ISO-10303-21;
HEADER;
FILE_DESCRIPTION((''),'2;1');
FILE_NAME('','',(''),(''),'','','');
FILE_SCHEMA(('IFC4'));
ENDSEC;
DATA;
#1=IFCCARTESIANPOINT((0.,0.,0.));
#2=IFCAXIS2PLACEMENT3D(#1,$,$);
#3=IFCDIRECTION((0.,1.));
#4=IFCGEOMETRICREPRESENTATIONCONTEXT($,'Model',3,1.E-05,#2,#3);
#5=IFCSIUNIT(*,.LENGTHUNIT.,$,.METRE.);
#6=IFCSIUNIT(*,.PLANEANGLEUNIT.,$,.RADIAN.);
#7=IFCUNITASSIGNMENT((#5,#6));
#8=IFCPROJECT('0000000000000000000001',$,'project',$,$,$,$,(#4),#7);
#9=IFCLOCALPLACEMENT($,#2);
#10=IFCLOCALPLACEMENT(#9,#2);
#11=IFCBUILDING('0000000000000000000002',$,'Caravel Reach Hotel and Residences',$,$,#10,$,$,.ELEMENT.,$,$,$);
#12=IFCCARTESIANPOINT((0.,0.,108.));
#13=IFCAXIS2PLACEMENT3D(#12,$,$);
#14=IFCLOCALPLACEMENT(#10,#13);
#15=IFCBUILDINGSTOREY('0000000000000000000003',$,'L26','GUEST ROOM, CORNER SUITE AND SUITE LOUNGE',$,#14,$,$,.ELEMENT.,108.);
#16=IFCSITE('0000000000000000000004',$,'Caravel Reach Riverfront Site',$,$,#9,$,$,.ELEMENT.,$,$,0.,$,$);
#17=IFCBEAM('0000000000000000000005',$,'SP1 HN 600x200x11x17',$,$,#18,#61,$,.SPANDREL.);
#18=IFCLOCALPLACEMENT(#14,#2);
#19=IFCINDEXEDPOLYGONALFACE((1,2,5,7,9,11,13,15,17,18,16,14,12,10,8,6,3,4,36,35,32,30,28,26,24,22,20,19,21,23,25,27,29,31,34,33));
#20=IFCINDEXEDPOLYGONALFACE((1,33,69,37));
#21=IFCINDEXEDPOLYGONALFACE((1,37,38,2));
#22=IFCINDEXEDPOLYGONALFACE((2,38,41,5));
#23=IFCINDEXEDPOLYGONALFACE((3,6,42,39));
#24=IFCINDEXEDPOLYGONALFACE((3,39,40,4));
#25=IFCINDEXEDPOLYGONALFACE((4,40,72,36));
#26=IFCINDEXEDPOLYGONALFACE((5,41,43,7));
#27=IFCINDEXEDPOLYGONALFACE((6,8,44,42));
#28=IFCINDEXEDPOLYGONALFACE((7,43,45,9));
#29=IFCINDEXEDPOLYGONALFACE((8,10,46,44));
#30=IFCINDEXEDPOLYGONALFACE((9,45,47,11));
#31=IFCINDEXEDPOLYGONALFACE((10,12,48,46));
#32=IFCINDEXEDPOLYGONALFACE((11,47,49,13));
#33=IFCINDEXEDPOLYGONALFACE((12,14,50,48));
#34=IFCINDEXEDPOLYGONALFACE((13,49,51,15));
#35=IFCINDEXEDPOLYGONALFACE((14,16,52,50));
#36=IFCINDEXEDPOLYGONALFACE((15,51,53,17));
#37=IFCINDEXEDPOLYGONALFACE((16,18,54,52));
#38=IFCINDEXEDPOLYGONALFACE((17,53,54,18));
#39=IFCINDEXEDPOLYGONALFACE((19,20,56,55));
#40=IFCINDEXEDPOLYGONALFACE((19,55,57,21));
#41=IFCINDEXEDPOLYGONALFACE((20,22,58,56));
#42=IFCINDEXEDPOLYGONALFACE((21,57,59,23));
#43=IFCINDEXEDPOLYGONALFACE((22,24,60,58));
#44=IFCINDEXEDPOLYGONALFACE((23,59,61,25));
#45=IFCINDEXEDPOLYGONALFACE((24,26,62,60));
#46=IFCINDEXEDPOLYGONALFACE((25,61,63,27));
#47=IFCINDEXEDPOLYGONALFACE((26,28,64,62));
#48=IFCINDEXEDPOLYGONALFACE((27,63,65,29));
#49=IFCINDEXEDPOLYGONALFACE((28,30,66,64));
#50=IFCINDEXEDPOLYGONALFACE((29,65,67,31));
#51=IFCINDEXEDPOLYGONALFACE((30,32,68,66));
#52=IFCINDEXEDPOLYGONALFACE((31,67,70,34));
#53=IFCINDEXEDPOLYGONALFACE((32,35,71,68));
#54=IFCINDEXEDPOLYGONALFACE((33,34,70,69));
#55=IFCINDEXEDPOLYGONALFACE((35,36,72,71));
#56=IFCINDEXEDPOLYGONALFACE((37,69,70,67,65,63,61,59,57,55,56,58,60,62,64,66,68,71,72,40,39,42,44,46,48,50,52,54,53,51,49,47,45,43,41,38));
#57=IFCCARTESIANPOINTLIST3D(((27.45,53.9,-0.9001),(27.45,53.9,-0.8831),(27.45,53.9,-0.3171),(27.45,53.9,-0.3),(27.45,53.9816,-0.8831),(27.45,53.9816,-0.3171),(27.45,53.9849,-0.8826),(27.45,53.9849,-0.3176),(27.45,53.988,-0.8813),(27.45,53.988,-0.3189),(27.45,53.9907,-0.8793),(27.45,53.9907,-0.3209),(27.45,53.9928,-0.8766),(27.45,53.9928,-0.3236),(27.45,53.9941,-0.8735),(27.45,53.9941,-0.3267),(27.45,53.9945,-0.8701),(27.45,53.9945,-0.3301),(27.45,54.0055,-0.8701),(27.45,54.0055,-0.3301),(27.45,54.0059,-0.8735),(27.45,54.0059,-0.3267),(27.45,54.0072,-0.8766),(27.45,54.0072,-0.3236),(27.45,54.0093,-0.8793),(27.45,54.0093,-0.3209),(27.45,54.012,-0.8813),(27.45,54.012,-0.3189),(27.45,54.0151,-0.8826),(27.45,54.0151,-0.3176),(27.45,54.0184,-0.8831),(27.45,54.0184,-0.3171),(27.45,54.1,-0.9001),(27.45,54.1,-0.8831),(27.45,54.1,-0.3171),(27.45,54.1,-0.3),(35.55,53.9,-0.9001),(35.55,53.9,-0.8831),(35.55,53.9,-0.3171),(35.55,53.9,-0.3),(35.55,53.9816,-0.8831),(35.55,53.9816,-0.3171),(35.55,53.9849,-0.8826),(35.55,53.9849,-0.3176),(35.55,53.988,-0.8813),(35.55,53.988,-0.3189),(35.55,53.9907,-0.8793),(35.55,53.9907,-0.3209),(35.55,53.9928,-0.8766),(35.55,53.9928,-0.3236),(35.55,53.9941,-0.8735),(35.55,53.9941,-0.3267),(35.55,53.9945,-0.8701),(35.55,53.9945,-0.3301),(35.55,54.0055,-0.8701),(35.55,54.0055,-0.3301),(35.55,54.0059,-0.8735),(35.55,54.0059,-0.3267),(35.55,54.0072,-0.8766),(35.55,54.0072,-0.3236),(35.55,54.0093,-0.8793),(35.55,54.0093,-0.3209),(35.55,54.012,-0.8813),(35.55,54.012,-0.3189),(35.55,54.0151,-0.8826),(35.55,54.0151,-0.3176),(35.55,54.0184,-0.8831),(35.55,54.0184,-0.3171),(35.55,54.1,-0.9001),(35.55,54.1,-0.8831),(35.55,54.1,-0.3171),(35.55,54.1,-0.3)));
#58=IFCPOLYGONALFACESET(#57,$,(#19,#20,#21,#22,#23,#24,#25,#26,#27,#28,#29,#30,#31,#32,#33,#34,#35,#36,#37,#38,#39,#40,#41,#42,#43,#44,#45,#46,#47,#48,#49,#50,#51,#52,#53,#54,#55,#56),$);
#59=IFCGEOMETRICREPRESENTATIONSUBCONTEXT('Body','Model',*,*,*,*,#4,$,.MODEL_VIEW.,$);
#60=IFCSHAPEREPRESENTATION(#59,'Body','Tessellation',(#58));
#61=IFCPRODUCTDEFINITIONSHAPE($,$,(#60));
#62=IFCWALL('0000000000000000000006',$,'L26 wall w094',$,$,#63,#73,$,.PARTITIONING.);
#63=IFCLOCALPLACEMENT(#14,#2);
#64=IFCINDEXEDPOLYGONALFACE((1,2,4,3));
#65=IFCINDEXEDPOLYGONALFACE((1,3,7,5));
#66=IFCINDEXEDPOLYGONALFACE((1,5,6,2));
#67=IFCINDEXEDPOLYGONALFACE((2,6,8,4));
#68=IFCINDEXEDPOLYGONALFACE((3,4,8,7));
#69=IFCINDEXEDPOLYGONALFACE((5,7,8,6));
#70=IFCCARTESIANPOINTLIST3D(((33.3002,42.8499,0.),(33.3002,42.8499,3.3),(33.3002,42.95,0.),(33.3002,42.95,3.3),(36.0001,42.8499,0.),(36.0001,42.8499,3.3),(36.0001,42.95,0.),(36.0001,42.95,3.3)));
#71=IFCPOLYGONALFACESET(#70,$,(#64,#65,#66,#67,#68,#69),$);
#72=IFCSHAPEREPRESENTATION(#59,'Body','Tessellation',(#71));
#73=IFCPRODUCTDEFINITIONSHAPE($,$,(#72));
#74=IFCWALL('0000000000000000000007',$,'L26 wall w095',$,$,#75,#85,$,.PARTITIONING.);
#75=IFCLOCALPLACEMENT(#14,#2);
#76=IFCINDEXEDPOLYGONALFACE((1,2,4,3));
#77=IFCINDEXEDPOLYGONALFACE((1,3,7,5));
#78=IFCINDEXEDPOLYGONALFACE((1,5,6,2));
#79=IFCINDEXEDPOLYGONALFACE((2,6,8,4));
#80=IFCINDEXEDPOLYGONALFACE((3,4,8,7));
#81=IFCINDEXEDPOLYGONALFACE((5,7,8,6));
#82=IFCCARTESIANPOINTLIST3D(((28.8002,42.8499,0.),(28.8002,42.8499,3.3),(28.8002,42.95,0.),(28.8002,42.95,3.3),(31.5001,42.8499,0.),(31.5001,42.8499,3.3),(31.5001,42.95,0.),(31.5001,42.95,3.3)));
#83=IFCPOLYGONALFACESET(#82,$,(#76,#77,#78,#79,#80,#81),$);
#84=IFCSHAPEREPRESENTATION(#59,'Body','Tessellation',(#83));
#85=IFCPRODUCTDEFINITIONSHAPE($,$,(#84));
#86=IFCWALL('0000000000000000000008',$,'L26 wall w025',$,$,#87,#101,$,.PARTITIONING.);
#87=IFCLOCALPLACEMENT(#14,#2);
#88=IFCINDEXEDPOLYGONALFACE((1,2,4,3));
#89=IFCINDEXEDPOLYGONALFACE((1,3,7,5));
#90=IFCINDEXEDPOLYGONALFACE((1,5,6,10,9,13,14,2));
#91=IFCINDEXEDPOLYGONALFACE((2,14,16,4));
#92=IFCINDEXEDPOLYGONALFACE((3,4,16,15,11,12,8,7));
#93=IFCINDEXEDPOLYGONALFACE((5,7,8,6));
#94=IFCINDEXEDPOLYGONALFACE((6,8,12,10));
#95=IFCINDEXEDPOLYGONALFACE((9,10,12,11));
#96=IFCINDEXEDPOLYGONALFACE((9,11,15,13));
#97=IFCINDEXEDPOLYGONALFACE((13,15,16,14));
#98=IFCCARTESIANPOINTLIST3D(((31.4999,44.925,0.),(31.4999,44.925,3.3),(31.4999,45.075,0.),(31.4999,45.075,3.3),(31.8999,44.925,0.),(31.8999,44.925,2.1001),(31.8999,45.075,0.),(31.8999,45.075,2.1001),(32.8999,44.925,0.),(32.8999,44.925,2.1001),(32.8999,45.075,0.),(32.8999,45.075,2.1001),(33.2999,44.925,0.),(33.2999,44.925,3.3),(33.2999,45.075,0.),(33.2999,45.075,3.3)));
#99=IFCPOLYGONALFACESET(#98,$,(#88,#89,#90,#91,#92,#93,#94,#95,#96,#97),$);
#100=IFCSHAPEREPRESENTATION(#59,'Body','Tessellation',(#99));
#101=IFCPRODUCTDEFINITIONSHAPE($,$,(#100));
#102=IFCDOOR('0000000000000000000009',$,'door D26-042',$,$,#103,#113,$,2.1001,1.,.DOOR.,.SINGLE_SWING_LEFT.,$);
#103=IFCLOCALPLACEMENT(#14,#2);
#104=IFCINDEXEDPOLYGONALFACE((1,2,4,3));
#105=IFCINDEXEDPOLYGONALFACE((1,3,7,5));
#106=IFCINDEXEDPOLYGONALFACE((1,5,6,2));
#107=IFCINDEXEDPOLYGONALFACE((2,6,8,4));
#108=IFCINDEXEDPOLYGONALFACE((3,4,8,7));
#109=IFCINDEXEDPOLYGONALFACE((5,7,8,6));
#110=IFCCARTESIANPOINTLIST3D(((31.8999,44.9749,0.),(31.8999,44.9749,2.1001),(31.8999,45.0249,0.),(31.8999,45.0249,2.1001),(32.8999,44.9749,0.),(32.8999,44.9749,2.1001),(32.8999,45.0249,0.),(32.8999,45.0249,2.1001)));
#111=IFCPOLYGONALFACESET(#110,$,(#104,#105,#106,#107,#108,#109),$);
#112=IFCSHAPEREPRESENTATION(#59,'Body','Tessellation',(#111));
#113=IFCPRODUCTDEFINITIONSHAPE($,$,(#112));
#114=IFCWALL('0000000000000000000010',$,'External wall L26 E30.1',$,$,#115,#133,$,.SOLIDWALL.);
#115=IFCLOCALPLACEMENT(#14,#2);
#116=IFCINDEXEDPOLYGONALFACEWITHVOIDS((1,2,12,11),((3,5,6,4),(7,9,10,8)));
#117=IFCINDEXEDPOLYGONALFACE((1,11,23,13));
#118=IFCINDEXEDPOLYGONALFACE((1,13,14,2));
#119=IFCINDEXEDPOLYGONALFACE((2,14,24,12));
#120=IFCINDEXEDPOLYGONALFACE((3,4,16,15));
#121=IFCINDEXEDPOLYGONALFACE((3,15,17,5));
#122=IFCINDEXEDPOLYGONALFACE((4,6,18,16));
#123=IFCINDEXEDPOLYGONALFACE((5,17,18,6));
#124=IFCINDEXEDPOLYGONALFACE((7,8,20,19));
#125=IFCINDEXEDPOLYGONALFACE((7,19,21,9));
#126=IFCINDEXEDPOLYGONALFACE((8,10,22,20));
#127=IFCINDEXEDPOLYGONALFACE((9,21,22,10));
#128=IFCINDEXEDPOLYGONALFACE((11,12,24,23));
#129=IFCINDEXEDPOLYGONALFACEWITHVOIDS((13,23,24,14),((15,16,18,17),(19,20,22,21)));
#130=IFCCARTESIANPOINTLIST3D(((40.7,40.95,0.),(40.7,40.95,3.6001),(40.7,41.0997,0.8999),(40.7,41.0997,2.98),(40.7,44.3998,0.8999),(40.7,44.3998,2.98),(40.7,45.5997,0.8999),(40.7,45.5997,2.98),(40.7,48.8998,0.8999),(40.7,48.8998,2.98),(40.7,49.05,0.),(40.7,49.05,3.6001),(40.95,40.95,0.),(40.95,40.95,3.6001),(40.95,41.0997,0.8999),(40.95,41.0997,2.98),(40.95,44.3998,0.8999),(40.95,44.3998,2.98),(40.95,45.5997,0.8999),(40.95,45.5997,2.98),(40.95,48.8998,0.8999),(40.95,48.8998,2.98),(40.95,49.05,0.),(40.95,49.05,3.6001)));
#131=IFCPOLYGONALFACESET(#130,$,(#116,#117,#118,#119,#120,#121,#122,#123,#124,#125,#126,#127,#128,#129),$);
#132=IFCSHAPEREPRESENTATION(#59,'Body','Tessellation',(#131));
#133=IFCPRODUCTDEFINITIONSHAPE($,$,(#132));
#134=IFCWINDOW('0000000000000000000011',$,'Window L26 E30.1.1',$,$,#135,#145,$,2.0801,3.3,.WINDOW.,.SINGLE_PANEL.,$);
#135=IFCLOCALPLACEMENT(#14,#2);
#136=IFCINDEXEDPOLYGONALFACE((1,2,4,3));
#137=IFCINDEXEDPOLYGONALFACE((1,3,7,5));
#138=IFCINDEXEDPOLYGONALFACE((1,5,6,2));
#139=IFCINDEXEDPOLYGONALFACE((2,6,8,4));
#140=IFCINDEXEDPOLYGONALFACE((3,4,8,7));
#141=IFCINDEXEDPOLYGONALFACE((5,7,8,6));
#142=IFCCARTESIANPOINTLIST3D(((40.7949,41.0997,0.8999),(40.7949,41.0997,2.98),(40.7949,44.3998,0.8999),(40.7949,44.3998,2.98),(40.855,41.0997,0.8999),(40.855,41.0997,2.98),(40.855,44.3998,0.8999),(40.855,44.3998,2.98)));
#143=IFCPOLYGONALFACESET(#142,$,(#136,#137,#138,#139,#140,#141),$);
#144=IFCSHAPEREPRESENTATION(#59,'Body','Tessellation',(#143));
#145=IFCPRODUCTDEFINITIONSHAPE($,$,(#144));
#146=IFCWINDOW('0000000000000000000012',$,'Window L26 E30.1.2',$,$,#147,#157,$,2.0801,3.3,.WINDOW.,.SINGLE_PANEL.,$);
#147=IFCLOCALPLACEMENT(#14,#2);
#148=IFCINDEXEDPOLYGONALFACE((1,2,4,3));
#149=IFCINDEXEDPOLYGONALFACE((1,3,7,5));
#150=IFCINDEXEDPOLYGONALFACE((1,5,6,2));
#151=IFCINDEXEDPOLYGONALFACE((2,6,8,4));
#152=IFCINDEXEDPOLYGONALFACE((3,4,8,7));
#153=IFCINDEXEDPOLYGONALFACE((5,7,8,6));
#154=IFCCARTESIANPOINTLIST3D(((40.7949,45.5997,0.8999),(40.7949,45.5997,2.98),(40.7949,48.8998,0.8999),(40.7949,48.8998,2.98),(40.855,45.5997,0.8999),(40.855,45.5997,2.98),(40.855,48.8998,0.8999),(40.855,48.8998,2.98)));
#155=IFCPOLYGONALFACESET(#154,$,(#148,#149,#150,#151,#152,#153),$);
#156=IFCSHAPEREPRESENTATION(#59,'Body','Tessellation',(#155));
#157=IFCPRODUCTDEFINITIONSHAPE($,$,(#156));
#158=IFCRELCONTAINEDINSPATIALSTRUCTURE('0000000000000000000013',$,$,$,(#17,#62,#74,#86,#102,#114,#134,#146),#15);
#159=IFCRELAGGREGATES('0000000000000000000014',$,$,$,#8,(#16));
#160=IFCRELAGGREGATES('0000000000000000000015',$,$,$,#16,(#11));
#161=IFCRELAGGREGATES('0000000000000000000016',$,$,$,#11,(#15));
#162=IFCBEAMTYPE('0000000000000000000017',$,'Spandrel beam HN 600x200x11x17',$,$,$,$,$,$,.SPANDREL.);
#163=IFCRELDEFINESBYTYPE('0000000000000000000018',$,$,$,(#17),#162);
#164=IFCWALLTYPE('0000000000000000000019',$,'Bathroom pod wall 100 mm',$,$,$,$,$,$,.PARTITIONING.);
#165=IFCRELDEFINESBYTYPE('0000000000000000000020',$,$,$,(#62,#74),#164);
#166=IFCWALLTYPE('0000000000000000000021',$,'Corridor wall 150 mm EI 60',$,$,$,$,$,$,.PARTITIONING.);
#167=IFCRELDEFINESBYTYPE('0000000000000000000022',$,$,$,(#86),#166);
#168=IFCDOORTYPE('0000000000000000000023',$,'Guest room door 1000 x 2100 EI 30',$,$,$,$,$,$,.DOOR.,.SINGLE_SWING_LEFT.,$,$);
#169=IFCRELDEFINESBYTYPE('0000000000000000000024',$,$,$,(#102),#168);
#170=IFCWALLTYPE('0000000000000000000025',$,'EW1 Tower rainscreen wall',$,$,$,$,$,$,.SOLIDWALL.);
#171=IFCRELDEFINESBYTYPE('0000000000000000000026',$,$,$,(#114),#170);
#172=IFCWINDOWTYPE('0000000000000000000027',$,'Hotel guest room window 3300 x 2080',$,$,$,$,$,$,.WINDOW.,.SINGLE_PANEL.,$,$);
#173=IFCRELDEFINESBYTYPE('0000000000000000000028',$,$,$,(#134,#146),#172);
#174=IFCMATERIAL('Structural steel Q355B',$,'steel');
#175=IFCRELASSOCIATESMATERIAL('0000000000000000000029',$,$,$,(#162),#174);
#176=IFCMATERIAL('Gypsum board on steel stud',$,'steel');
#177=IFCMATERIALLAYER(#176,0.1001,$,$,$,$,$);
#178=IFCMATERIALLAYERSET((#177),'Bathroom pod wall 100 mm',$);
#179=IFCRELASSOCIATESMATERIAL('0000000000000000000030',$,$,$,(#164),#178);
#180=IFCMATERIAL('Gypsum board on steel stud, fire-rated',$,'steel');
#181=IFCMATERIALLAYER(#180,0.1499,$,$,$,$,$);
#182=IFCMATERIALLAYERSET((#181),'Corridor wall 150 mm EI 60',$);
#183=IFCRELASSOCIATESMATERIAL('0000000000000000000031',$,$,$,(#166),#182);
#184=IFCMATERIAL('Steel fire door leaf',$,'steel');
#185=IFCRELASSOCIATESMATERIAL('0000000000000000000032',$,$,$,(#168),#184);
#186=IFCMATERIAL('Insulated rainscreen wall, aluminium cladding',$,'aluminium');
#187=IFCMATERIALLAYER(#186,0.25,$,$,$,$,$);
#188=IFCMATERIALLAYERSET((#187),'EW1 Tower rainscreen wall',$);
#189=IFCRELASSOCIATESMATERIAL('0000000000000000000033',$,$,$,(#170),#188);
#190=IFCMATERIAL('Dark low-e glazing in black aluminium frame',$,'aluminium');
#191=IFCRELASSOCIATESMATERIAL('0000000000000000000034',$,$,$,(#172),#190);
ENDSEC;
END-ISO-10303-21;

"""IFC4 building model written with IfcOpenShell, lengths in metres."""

from ifc_helpers import new_model, si_unit, direction, frame, frame_2d, origin, origin_2d, place, context, subcontext, project, spatial, rectangle, i_section, extrude, material, layer, layer_set, material_profile, profile_set, type_object, element, fill, save


model = new_model("IFC4")

# Units and contexts
model_context = context("Model", 3, precision=1e-05, world=origin(), true_north=direction((0.0, 1.0)))
body_context = subcontext(model_context, "Body", "Model", "MODEL_VIEW")
ifc_project = project(units=[si_unit("LENGTHUNIT", "METRE"), si_unit("PLANEANGLEUNIT", "RADIAN")], contexts=[model_context])

# Site, building, storey
site_placement = place(None, origin())
site = spatial("IfcSite", under=ifc_project, at=site_placement, Name="Caravel Reach Riverfront Site", CompositionType="ELEMENT", RefElevation=0.0)
building_placement = place(site_placement, origin())
building = spatial("IfcBuilding", under=site, at=building_placement, Name="Caravel Reach Hotel and Residences", CompositionType="ELEMENT")
storey_placement = place(building_placement, frame((0.0, 0.0, 108.0)))
storey = spatial("IfcBuildingStorey", under=building, at=storey_placement, Name="L26", Description="GUEST ROOM, CORNER SUITE AND SUITE LOUNGE", CompositionType="ELEMENT", Elevation=108.0)

# Beam
ifc_material_1 = material(Name="Structural steel Q355B", Category="steel")
ifc_material_profile_1 = material_profile(ifc_material_1, i_section(OverallWidth=0.2, OverallDepth=0.6001, WebThickness=0.011, FlangeThickness=0.0171, FilletRadius=0.0129, at=origin_2d()), Name="HN 600x200x11x17")
ifc_profile_set_1 = profile_set([ifc_material_profile_1], Name="Structural steel Q355B")
beam_type_1 = type_object("IfcBeamType", Name="Spandrel beam HN 600x200x11x17", PredefinedType="SPANDREL", material=ifc_profile_set_1)
beam_1_placement = place(storey_placement, frame((35.55, 54.0, -0.6001), z_axis=(-1.0, 0.0, 0.0), x_axis=(0.0, -1.0, 0.0)))
element("IfcBeam", 1, at=beam_1_placement, inside=storey, type_object=beam_type_1, Name="SP1 HN 600x200x11x17", PredefinedType="SPANDREL", context=body_context, shape_type="SweptSolid", body=[
    extrude(i_section(OverallWidth=0.2, OverallDepth=0.6001, WebThickness=0.011, FlangeThickness=0.0171, FilletRadius=0.0129, at=origin_2d()), origin(), (0.0, 0.0, 1.0), 8.1001),
])

# Walls
ifc_material_2 = material(Name="Gypsum board on steel stud", Category="steel")
ifc_layer_1 = layer(ifc_material_2, 0.1001)
ifc_layer_set_1 = layer_set([ifc_layer_1], Name="Bathroom pod wall 100 mm")
wall_type_1 = type_object("IfcWallType", Name="Bathroom pod wall 100 mm", PredefinedType="PARTITIONING", material=ifc_layer_set_1)
for number, where, z_axis, x_axis, name in (
    (2, (33.3, 42.8999, 0.0), (0.0, 0.0, 1.0), (1.0, 0.0, 0.0), "L26 wall w094"),
    (3, (28.8, 42.8999, 0.0), (0.0, 0.0, 1.0), (1.0, 0.0, 0.0), "L26 wall w095"),
):
    element("IfcWall", number, at=place(storey_placement, frame(where, z_axis=z_axis, x_axis=x_axis)), inside=storey, type_object=wall_type_1, Name=name, PredefinedType="PARTITIONING", context=body_context, shape_type="SweptSolid", body=[
        extrude(rectangle(XDim=2.7, YDim=0.1001, at=frame_2d((1.3501, 0.0))), origin(), (0.0, 0.0, 1.0), 3.3),
    ])

# Wall, opening, door
ifc_material_3 = material(Name="Gypsum board on steel stud, fire-rated", Category="steel")
ifc_layer_2 = layer(ifc_material_3, 0.1499)
ifc_layer_set_2 = layer_set([ifc_layer_2], Name="Corridor wall 150 mm EI 60")
wall_type_2 = type_object("IfcWallType", Name="Corridor wall 150 mm EI 60", PredefinedType="PARTITIONING", material=ifc_layer_set_2)
wall_1_placement = place(storey_placement, frame((31.5, 45.0, 0.0), z_axis=(0.0, 0.0, 1.0), x_axis=(1.0, 0.0, 0.0)))
wall_1 = element("IfcWall", 4, at=wall_1_placement, inside=storey, type_object=wall_type_2, Name="L26 wall w025", PredefinedType="PARTITIONING", context=body_context, shape_type="SweptSolid", body=[
    extrude(rectangle(XDim=1.8, YDim=0.1499, at=frame_2d((0.8999, 0.0))), origin(), (0.0, 0.0, 1.0), 3.3),
])
opening_1_placement = place(wall_1_placement, frame((0.3999, 0.0, 0.0)))
opening_1 = element("IfcOpeningElement", 5, at=opening_1_placement, cuts=wall_1, PredefinedType="OPENING", context=body_context, shape_type="SweptSolid", body=[
    extrude(rectangle(XDim=1.0, YDim=2.1001, at=frame_2d((0.5, 1.05))), frame((0.0, 0.085, 0.0), z_axis=(0.0, -1.0, 0.0), x_axis=(1.0, 0.0, 0.0)), (0.0, 0.0, 1.0), 0.1699),
])
ifc_material_4 = material(Name="Steel fire door leaf", Category="steel")
door_type = type_object("IfcDoorType", Name="Guest room door 1000 x 2100 EI 30", OperationType="SINGLE_SWING_LEFT", PredefinedType="DOOR", material=ifc_material_4)
door_placement = place(opening_1_placement, origin())
door = element("IfcDoor", 6, at=door_placement, inside=storey, type_object=door_type, Name="door D26-042", OperationType="SINGLE_SWING_LEFT", OverallHeight=2.1001, OverallWidth=1.0, PredefinedType="DOOR", context=body_context, shape_type="SweptSolid", body=[
    extrude(rectangle(XDim=1.0, YDim=2.1001, at=frame_2d((0.5, 1.05))), frame((0.0, 0.0249, 0.0), z_axis=(0.0, -1.0, 0.0), x_axis=(1.0, 0.0, 0.0)), (0.0, 0.0, 1.0), 0.05),
])
fill(opening_1, door)

# Wall, openings, windows
ifc_material_5 = material(Name="Insulated rainscreen wall, aluminium cladding", Category="aluminium")
ifc_layer_3 = layer(ifc_material_5, 0.25)
ifc_layer_set_3 = layer_set([ifc_layer_3], Name="EW1 Tower rainscreen wall")
wall_type_3 = type_object("IfcWallType", Name="EW1 Tower rainscreen wall", PredefinedType="SOLIDWALL", material=ifc_layer_set_3)
wall_2_placement = place(storey_placement, frame((40.825, 40.95, 0.0), z_axis=(0.0, 0.0, 1.0), x_axis=(0.0, 1.0, 0.0)))
wall_2 = element("IfcWall", 7, at=wall_2_placement, inside=storey, type_object=wall_type_3, Name="External wall L26 E30.1", PredefinedType="SOLIDWALL", context=body_context, shape_type="SweptSolid", body=[
    extrude(rectangle(XDim=8.1001, YDim=0.25, at=frame_2d((4.05, 0.0))), origin(), (0.0, 0.0, 1.0), 3.6001),
])
opening_2_placement = place(wall_2_placement, frame((0.1499, 0.0, 0.8999)))
opening_2 = element("IfcOpeningElement", 8, at=opening_2_placement, cuts=wall_2, PredefinedType="OPENING", context=body_context, shape_type="SweptSolid", body=[
    extrude(rectangle(XDim=3.3, YDim=2.0801, at=frame_2d((1.6499, 1.04))), frame((0.0, 0.135, 0.0), z_axis=(0.0, -1.0, 0.0), x_axis=(1.0, 0.0, 0.0)), (0.0, 0.0, 1.0), 0.27),
])
opening_3_placement = place(wall_2_placement, frame((4.6499, 0.0, 0.8999)))
opening_3 = element("IfcOpeningElement", 9, at=opening_3_placement, cuts=wall_2, PredefinedType="OPENING", context=body_context, shape_type="SweptSolid", body=[
    extrude(rectangle(XDim=3.3, YDim=2.0801, at=frame_2d((1.6499, 1.04))), frame((0.0, 0.135, 0.0), z_axis=(0.0, -1.0, 0.0), x_axis=(1.0, 0.0, 0.0)), (0.0, 0.0, 1.0), 0.27),
])
ifc_material_6 = material(Name="Dark low-e glazing in black aluminium frame", Category="aluminium")
window_type_1 = type_object("IfcWindowType", Name="Hotel guest room window 3300 x 2080", PartitioningType="SINGLE_PANEL", PredefinedType="WINDOW", material=ifc_material_6)
window_1_placement = place(opening_2_placement, origin())
window_1 = element("IfcWindow", 10, at=window_1_placement, inside=storey, type_object=window_type_1, Name="Window L26 E30.1.1", OverallHeight=2.0801, OverallWidth=3.3, PartitioningType="SINGLE_PANEL", PredefinedType="WINDOW", context=body_context, shape_type="SweptSolid", body=[
    extrude(rectangle(XDim=3.3, YDim=2.0801, at=frame_2d((1.6499, 1.04))), frame((0.0, 0.03, 0.0), z_axis=(0.0, -1.0, 0.0), x_axis=(1.0, 0.0, 0.0)), (0.0, 0.0, 1.0), 0.0601),
])
fill(opening_2, window_1)
window_2_placement = place(opening_3_placement, origin())
window_2 = element("IfcWindow", 11, at=window_2_placement, inside=storey, type_object=window_type_1, Name="Window L26 E30.1.2", OverallHeight=2.0801, OverallWidth=3.3, PartitioningType="SINGLE_PANEL", PredefinedType="WINDOW", context=body_context, shape_type="SweptSolid", body=[
    extrude(rectangle(XDim=3.3, YDim=2.0801, at=frame_2d((1.6499, 1.04))), frame((0.0, 0.03, 0.0), z_axis=(0.0, -1.0, 0.0), x_axis=(1.0, 0.0, 0.0)), (0.0, 0.0, 1.0), 0.0601),
])
fill(opening_3, window_2)

save(model, "model.ifc")
